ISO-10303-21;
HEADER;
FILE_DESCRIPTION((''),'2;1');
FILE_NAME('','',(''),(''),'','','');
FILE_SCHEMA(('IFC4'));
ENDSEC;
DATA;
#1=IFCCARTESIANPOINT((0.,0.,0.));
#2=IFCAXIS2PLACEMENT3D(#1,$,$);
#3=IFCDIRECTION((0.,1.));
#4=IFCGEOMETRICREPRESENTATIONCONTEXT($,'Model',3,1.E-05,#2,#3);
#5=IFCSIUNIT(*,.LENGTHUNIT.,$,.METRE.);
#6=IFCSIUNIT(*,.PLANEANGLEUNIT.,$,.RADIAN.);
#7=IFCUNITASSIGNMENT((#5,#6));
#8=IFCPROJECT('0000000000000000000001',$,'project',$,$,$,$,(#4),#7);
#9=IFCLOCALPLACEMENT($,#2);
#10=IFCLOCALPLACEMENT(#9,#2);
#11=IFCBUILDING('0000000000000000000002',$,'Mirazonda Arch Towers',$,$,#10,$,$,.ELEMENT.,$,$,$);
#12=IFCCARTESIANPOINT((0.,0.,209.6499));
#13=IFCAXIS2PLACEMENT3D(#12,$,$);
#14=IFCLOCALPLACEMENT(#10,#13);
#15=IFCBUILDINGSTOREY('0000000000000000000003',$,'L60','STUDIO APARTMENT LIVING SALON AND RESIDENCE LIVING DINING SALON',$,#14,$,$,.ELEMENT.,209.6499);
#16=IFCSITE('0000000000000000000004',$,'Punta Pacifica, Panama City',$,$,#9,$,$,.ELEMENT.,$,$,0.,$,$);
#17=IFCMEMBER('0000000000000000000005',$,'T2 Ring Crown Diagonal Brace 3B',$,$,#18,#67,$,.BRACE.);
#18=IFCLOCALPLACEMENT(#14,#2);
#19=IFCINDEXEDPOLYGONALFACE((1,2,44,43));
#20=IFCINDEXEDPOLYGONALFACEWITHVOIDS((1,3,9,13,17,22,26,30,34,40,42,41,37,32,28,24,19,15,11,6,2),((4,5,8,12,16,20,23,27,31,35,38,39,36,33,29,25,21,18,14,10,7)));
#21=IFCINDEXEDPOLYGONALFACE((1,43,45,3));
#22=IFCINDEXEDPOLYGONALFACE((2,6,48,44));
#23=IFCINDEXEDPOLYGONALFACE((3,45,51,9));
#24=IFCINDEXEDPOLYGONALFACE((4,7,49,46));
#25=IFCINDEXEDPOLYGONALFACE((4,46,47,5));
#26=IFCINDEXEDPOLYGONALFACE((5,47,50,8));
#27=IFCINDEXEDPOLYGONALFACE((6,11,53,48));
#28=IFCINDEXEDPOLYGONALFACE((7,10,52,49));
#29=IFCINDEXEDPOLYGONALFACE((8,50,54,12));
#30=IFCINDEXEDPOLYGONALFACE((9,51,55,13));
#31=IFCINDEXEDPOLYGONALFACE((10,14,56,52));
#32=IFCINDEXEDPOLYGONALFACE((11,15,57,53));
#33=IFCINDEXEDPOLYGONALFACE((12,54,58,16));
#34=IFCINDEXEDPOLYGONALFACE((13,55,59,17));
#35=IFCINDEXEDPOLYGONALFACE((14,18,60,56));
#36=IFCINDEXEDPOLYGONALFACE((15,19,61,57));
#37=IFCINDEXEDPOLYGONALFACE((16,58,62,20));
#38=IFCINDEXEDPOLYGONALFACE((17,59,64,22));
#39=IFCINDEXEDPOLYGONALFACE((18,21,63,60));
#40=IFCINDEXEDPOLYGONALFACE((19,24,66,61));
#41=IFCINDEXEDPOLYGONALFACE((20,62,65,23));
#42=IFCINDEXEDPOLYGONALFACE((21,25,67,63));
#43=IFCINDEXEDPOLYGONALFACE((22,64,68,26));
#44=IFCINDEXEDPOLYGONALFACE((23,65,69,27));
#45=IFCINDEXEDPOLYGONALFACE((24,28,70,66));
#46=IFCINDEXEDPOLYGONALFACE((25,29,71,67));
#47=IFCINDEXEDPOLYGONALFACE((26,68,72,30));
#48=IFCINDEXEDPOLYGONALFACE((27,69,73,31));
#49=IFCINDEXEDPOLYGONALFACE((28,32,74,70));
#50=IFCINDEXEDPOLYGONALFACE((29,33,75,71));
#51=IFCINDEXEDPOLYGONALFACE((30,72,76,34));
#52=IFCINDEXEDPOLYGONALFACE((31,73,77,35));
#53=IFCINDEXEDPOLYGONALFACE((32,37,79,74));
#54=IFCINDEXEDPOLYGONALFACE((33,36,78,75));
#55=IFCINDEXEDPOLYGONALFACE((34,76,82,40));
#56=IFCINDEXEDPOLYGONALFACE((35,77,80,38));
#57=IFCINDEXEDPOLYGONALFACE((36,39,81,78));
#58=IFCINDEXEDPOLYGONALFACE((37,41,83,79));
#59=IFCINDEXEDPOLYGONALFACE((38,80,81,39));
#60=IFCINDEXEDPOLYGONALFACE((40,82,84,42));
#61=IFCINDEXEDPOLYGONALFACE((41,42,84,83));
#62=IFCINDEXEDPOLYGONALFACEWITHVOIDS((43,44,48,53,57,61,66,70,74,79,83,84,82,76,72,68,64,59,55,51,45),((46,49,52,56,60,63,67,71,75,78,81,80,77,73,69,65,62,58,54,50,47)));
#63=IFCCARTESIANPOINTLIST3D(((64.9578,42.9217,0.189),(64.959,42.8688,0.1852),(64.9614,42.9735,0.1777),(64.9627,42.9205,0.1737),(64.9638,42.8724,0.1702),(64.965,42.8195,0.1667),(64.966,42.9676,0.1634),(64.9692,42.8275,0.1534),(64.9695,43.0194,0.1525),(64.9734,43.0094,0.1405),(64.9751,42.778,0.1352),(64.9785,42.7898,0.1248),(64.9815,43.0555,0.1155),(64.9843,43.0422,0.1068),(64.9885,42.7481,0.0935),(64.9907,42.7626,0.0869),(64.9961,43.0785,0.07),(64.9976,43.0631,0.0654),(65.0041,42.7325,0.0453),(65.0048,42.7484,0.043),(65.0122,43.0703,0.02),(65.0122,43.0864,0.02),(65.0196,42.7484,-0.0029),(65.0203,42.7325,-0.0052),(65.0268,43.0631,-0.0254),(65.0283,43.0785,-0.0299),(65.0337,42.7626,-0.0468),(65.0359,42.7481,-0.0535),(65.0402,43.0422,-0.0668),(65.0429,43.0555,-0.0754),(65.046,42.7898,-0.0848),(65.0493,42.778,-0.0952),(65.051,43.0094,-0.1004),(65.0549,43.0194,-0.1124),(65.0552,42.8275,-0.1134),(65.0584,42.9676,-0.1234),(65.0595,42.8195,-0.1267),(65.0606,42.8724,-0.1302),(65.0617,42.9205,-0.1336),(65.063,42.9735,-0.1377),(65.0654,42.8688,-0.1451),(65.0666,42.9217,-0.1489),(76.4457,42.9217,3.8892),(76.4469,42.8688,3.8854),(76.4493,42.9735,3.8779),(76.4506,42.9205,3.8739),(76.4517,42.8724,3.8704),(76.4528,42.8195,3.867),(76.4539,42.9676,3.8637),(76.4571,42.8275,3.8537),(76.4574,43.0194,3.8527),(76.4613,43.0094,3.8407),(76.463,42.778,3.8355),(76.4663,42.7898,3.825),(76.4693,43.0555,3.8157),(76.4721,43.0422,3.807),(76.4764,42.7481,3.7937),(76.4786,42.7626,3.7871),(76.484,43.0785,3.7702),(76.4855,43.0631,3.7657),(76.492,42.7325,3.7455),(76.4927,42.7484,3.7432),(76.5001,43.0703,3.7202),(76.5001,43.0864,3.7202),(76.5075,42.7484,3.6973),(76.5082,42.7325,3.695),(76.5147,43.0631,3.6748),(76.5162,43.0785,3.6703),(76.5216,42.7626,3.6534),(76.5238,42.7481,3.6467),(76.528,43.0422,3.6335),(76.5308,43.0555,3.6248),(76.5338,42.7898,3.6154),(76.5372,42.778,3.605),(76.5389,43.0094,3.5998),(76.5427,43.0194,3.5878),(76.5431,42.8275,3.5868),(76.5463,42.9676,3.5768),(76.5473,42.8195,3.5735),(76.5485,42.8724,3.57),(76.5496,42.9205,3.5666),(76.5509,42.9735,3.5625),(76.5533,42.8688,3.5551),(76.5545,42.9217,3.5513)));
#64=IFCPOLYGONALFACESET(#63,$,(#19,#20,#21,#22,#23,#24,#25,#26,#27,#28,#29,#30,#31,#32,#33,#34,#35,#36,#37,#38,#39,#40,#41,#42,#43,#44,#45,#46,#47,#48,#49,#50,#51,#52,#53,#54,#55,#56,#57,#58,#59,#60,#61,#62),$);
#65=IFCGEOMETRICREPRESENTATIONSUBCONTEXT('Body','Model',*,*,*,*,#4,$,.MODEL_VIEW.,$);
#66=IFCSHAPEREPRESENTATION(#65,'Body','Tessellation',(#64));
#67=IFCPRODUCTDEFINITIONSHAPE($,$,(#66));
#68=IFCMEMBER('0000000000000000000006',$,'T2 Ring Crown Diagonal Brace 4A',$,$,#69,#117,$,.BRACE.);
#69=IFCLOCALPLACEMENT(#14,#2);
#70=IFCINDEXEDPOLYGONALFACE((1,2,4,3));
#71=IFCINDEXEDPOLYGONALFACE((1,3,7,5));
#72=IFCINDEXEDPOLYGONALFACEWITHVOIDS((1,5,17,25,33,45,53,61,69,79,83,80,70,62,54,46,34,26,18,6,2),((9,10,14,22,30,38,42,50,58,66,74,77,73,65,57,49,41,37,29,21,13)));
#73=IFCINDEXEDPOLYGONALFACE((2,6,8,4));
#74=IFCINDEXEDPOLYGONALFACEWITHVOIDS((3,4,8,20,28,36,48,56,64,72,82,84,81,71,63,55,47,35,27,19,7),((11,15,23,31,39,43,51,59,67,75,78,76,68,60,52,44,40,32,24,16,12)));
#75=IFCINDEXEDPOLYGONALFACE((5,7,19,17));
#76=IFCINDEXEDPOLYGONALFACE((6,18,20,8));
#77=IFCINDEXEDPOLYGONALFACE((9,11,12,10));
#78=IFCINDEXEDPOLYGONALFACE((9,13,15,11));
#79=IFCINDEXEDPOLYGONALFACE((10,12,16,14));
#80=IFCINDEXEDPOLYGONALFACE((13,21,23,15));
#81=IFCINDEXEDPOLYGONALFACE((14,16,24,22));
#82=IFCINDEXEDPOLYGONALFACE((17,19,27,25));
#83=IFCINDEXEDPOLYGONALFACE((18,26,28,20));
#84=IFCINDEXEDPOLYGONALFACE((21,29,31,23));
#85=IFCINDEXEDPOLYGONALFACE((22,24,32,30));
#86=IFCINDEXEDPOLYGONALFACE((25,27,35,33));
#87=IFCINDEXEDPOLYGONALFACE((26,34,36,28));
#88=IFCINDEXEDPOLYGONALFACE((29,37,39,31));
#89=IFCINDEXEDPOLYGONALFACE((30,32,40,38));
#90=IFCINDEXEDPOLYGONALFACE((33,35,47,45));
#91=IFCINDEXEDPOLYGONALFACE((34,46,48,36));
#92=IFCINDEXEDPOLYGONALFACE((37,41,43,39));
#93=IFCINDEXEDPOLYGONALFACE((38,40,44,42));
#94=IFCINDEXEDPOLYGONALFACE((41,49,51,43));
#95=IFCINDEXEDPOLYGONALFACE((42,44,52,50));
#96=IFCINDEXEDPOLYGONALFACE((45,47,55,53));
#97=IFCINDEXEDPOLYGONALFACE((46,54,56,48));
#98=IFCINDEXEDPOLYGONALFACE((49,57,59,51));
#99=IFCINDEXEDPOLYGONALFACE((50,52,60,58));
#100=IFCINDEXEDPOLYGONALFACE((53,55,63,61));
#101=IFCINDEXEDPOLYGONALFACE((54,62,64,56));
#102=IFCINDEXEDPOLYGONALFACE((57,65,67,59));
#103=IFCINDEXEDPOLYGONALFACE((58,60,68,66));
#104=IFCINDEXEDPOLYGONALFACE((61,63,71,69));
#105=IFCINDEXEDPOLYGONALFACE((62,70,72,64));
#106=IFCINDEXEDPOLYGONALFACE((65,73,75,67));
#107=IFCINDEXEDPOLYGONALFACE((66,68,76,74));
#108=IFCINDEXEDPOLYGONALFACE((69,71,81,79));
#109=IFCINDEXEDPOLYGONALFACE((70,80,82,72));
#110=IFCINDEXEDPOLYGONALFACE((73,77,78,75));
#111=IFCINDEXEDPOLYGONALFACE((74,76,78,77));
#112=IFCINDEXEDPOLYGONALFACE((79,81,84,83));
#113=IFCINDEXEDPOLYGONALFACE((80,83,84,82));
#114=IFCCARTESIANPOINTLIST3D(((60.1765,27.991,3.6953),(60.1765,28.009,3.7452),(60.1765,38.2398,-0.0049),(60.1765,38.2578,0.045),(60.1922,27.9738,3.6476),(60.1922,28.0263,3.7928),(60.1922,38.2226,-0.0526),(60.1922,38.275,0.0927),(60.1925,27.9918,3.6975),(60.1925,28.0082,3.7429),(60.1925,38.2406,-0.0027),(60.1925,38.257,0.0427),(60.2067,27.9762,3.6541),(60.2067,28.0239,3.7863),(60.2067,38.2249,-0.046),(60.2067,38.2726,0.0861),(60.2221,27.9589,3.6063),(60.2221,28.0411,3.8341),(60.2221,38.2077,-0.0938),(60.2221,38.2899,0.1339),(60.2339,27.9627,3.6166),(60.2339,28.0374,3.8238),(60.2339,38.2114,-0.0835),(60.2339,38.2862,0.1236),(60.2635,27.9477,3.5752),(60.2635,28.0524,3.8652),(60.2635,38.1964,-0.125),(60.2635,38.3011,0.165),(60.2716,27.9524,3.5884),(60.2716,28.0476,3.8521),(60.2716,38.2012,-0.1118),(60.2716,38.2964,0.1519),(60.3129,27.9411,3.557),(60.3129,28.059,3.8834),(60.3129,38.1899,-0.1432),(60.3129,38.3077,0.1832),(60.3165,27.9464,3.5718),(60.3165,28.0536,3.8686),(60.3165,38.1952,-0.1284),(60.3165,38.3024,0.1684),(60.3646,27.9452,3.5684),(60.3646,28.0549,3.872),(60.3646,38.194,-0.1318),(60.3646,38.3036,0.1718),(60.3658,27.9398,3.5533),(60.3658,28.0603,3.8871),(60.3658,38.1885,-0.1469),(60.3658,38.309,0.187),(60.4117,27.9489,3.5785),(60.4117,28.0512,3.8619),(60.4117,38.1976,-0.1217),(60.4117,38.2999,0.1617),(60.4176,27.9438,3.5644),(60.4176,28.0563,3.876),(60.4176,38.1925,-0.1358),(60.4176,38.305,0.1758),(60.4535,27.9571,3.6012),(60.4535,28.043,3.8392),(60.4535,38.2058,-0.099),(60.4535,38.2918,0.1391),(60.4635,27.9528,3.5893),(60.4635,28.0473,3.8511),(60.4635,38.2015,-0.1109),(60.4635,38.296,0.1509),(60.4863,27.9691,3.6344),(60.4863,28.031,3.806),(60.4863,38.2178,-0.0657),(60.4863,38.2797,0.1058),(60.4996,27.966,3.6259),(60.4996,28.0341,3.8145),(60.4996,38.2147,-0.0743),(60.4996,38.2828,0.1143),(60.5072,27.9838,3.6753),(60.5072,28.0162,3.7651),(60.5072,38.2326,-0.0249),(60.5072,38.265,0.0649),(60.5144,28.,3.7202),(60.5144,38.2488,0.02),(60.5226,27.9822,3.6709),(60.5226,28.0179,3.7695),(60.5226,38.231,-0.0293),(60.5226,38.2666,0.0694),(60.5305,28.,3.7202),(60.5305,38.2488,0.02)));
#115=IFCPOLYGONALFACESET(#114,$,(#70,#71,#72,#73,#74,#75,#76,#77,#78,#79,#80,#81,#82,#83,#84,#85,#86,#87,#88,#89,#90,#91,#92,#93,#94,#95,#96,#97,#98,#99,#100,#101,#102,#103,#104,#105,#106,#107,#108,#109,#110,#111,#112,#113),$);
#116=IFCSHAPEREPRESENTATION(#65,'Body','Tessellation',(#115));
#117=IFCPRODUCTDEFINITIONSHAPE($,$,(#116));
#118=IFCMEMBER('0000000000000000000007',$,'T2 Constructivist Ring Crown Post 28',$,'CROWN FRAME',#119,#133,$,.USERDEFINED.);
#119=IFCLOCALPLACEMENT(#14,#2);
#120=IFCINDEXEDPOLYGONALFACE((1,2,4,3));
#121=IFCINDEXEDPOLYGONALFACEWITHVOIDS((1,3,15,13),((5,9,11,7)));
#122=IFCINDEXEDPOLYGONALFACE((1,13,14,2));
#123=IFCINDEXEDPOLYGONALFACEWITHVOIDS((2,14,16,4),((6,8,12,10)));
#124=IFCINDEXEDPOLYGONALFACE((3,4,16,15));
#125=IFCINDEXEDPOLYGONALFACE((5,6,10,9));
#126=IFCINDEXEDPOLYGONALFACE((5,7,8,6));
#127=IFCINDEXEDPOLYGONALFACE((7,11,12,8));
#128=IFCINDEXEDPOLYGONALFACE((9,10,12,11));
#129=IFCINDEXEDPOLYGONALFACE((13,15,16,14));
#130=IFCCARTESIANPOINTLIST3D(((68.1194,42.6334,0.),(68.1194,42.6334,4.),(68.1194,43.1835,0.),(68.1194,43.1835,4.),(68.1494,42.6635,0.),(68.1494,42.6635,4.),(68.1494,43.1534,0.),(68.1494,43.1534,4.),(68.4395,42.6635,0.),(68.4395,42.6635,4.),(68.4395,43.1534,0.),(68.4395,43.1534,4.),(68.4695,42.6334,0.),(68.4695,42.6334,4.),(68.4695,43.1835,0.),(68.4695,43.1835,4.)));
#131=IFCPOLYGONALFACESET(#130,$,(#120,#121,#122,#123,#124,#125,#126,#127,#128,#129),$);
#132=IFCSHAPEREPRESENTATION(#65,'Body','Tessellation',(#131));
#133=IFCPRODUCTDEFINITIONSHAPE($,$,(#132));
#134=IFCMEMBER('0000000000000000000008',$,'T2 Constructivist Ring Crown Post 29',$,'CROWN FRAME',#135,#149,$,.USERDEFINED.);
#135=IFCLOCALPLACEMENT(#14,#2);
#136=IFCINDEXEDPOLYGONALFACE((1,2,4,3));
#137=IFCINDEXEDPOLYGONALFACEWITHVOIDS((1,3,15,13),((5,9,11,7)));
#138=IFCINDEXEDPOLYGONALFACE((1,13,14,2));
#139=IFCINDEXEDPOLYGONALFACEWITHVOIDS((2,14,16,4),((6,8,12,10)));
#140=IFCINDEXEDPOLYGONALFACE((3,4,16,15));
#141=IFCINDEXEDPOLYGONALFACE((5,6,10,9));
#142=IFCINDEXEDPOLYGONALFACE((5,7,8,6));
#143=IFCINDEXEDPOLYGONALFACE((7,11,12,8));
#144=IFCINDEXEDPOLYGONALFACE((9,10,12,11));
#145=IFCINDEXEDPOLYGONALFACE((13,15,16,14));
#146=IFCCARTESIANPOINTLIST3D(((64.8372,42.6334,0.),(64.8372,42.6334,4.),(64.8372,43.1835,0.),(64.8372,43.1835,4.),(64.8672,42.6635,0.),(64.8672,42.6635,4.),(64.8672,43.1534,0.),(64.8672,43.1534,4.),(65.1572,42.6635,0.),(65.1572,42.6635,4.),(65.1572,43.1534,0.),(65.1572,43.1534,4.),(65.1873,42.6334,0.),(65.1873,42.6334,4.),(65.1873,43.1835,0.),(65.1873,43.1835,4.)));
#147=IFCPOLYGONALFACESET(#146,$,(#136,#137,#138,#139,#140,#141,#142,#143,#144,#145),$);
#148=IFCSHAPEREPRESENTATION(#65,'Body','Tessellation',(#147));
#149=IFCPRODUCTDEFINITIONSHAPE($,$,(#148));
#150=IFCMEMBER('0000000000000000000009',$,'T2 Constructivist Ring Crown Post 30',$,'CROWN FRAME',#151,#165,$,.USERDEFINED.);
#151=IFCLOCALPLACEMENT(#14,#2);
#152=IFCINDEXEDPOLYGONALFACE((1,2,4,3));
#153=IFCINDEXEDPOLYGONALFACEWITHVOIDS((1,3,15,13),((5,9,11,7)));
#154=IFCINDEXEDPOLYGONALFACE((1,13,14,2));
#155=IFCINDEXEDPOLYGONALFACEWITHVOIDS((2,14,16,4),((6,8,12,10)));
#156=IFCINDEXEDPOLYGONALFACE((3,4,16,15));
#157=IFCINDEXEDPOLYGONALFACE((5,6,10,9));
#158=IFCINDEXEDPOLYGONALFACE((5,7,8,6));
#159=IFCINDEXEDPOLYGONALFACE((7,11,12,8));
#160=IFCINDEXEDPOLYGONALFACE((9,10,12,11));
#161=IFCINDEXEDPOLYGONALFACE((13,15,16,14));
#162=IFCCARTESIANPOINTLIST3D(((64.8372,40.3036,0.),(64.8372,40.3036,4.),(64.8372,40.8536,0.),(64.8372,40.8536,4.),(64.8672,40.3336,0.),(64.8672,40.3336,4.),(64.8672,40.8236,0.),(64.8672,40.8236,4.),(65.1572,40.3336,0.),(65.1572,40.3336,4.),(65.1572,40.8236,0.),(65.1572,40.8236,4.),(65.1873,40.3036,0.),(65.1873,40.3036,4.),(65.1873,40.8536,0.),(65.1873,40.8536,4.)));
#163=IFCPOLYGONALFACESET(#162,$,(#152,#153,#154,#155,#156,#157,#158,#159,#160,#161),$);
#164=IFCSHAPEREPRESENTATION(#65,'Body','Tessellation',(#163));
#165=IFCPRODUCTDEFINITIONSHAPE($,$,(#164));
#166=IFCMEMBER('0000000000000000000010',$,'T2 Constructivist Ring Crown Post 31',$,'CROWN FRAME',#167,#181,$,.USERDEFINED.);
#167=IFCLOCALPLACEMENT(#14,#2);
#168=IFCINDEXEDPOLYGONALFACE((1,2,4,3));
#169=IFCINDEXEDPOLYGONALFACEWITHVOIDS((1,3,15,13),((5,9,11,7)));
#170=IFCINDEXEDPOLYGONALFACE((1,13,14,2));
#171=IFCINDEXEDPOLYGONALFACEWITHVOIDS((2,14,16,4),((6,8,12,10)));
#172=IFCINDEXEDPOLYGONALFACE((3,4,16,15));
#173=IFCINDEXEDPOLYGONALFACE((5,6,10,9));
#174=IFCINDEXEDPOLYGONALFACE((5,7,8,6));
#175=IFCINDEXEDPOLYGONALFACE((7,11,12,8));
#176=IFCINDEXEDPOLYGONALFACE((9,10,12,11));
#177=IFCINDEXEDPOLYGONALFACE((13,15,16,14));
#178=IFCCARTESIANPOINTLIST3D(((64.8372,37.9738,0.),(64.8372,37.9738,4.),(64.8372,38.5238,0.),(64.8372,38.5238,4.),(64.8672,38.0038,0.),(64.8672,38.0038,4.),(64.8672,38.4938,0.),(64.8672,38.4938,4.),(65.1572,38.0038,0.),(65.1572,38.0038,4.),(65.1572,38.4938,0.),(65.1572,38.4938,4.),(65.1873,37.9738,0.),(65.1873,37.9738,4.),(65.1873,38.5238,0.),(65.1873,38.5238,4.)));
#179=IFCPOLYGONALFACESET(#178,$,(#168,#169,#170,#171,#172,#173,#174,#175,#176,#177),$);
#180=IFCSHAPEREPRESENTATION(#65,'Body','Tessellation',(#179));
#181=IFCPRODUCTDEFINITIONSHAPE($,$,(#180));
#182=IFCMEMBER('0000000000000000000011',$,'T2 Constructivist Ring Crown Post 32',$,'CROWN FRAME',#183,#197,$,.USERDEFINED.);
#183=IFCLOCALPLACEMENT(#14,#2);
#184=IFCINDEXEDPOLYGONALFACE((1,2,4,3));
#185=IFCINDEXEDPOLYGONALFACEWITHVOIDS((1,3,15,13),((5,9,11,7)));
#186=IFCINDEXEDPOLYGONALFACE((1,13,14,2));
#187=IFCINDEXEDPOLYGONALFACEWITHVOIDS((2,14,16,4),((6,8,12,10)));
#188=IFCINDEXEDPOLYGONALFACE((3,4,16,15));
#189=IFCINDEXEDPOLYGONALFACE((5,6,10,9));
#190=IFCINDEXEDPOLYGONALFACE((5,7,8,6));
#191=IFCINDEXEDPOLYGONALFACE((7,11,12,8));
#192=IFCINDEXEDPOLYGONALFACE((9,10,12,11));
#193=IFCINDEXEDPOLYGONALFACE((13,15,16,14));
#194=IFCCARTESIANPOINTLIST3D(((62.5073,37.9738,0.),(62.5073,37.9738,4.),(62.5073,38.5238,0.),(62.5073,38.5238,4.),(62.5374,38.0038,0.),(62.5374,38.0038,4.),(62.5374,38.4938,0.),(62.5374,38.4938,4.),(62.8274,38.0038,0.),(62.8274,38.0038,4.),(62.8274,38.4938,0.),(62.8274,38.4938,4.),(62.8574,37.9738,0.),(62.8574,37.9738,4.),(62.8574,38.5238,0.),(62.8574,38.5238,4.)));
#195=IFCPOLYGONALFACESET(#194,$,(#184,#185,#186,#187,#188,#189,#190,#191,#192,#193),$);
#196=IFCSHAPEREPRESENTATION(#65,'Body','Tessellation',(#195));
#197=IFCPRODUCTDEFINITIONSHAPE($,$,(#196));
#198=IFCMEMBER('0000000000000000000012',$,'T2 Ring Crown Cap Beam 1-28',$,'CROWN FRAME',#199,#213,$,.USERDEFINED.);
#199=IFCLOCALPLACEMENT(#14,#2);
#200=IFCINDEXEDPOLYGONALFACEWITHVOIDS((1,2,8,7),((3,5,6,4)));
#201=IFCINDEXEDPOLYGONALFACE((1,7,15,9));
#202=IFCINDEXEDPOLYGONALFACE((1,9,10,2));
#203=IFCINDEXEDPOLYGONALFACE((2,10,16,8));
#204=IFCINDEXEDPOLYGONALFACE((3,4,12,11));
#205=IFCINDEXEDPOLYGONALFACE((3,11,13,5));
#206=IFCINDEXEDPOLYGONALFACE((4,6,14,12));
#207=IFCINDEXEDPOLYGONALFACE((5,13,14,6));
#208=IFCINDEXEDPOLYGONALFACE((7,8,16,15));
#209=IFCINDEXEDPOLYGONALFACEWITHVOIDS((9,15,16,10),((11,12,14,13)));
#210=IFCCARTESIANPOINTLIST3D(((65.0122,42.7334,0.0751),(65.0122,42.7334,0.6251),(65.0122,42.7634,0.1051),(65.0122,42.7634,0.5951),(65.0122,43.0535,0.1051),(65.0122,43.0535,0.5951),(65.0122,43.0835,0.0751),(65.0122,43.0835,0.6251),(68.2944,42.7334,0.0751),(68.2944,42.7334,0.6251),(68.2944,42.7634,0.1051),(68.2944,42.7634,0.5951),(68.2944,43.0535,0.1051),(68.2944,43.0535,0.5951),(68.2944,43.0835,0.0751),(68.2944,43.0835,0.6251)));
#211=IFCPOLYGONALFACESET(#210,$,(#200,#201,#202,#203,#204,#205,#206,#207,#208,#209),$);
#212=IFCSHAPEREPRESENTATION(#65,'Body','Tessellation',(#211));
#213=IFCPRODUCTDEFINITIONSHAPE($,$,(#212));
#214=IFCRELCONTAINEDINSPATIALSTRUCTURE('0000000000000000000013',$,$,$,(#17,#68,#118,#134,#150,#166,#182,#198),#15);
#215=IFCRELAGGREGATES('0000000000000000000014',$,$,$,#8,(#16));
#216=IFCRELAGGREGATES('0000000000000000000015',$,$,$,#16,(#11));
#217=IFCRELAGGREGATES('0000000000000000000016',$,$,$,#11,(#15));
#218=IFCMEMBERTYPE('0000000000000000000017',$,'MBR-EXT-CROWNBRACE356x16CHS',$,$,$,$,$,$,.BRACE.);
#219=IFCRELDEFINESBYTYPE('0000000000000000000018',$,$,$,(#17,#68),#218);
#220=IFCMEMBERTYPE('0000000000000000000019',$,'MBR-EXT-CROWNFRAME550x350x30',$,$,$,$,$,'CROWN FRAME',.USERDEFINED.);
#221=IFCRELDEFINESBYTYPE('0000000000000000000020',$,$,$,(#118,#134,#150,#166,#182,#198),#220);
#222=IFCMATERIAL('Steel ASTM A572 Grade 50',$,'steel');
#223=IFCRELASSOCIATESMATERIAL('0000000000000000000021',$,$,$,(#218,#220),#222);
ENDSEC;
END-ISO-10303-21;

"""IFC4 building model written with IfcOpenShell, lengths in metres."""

from ifc_helpers import new_model, si_unit, direction, frame, origin, origin_2d, place, context, subcontext, project, spatial, hollow_rectangle, hollow_circle, extrude, material, material_profile, profile_set, type_object, element, save


model = new_model("IFC4")

# Units and contexts
model_context = context("Model", 3, precision=1e-05, world=origin(), true_north=direction((0.0, 1.0)))
body_context = subcontext(model_context, "Body", "Model", "MODEL_VIEW")
ifc_project = project(units=[si_unit("LENGTHUNIT", "METRE"), si_unit("PLANEANGLEUNIT", "RADIAN")], contexts=[model_context])

# Site, building, storey
site_placement = place(None, origin())
site = spatial("IfcSite", under=ifc_project, at=site_placement, Name="Punta Pacifica, Panama City", CompositionType="ELEMENT", RefElevation=0.0)
building_placement = place(site_placement, origin())
building = spatial("IfcBuilding", under=site, at=building_placement, Name="Mirazonda Arch Towers", CompositionType="ELEMENT")
storey_placement = place(building_placement, frame((0.0, 0.0, 209.6499)))
storey = spatial("IfcBuildingStorey", under=building, at=storey_placement, Name="L60", Description="STUDIO APARTMENT LIVING SALON AND RESIDENCE LIVING DINING SALON", CompositionType="ELEMENT", Elevation=209.6499)

# Members
ifc_material_1 = material(Name="Steel ASTM A572 Grade 50", Category="steel")
ifc_material_profile_1 = material_profile(ifc_material_1, hollow_circle(Radius=0.178, WallThickness=0.0161, at=origin_2d()), Name="CROWNBRACE356x16CHS")
ifc_profile_set_1 = profile_set([ifc_material_profile_1], Name="Steel ASTM A572 Grade 50")
member_type_1 = type_object("IfcMemberType", Name="MBR-EXT-CROWNBRACE356x16CHS", PredefinedType="BRACE", material=ifc_profile_set_1)
member_1_placement = place(storey_placement, frame((65.0122, 42.9084, 0.02), z_axis=(0.951843, 0.0, 0.306587), x_axis=(0.0, 1.0, 0.0)))
element("IfcMember", 1, at=member_1_placement, inside=storey, type_object=member_type_1, Name="T2 Ring Crown Diagonal Brace 3B", PredefinedType="BRACE", context=body_context, shape_type="SweptSolid", body=[
    extrude(hollow_circle(Radius=0.178, WallThickness=0.0161, at=origin_2d()), origin(), (0.0, 0.0, 1.0), 12.0691),
])
member_2_placement = place(storey_placement, frame((60.3525, 38.2488, 0.02), z_axis=(0.0, -0.940576, 0.339583), x_axis=(1.0, 0.0, 0.0)))
element("IfcMember", 2, at=member_2_placement, inside=storey, type_object=member_type_1, Name="T2 Ring Crown Diagonal Brace 4A", PredefinedType="BRACE", context=body_context, shape_type="SweptSolid", body=[
    extrude(hollow_circle(Radius=0.178, WallThickness=0.0161, at=origin_2d()), origin(), (0.0, 0.0, 1.0), 10.8962),
])
ifc_material_profile_2 = material_profile(ifc_material_1, hollow_rectangle(XDim=0.3501, YDim=0.55, WallThickness=0.03, at=origin_2d()), Name="CROWNFRAME550x350x30")
ifc_profile_set_2 = profile_set([ifc_material_profile_2], Name="Steel ASTM A572 Grade 50")
member_type_2 = type_object("IfcMemberType", Name="MBR-EXT-CROWNFRAME550x350x30", ElementType="CROWN FRAME", PredefinedType="USERDEFINED", material=ifc_profile_set_2)
for number, where, z_axis, x_axis, name in (
    (3, (68.2944, 42.9084, 0.0), (0.0, 0.0, 1.0), (1.0, 0.0, 0.0), "T2 Constructivist Ring Crown Post 28"),
    (4, (65.0122, 42.9084, 0.0), (0.0, 0.0, 1.0), (1.0, 0.0, 0.0), "T2 Constructivist Ring Crown Post 29"),
    (5, (65.0122, 40.5786, 0.0), (0.0, 0.0, 1.0), (1.0, 0.0, 0.0), "T2 Constructivist Ring Crown Post 30"),
    (6, (65.0122, 38.2488, 0.0), (0.0, 0.0, 1.0), (1.0, 0.0, 0.0), "T2 Constructivist Ring Crown Post 31"),
    (7, (62.6824, 38.2488, 0.0), (0.0, 0.0, 1.0), (1.0, 0.0, 0.0), "T2 Constructivist Ring Crown Post 32"),
):
    element("IfcMember", number, at=place(storey_placement, frame(where, z_axis=z_axis, x_axis=x_axis)), inside=storey, type_object=member_type_2, Name=name, ObjectType="CROWN FRAME", PredefinedType="USERDEFINED", context=body_context, shape_type="SweptSolid", body=[
        extrude(hollow_rectangle(XDim=0.3501, YDim=0.55, WallThickness=0.03, at=origin_2d()), origin(), (0.0, 0.0, 1.0), 4.0),
    ])
member_3_placement = place(storey_placement, frame((68.2944, 42.9084, 0.3501), z_axis=(-1.0, 0.0, 0.0), x_axis=(0.0, -1.0, 0.0)))
element("IfcMember", 8, at=member_3_placement, inside=storey, type_object=member_type_2, Name="T2 Ring Crown Cap Beam 1-28", ObjectType="CROWN FRAME", PredefinedType="USERDEFINED", context=body_context, shape_type="SweptSolid", body=[
    extrude(hollow_rectangle(XDim=0.3501, YDim=0.55, WallThickness=0.03, at=origin_2d()), origin(), (0.0, 0.0, 1.0), 3.2822),
])

save(model, "model.ifc")
